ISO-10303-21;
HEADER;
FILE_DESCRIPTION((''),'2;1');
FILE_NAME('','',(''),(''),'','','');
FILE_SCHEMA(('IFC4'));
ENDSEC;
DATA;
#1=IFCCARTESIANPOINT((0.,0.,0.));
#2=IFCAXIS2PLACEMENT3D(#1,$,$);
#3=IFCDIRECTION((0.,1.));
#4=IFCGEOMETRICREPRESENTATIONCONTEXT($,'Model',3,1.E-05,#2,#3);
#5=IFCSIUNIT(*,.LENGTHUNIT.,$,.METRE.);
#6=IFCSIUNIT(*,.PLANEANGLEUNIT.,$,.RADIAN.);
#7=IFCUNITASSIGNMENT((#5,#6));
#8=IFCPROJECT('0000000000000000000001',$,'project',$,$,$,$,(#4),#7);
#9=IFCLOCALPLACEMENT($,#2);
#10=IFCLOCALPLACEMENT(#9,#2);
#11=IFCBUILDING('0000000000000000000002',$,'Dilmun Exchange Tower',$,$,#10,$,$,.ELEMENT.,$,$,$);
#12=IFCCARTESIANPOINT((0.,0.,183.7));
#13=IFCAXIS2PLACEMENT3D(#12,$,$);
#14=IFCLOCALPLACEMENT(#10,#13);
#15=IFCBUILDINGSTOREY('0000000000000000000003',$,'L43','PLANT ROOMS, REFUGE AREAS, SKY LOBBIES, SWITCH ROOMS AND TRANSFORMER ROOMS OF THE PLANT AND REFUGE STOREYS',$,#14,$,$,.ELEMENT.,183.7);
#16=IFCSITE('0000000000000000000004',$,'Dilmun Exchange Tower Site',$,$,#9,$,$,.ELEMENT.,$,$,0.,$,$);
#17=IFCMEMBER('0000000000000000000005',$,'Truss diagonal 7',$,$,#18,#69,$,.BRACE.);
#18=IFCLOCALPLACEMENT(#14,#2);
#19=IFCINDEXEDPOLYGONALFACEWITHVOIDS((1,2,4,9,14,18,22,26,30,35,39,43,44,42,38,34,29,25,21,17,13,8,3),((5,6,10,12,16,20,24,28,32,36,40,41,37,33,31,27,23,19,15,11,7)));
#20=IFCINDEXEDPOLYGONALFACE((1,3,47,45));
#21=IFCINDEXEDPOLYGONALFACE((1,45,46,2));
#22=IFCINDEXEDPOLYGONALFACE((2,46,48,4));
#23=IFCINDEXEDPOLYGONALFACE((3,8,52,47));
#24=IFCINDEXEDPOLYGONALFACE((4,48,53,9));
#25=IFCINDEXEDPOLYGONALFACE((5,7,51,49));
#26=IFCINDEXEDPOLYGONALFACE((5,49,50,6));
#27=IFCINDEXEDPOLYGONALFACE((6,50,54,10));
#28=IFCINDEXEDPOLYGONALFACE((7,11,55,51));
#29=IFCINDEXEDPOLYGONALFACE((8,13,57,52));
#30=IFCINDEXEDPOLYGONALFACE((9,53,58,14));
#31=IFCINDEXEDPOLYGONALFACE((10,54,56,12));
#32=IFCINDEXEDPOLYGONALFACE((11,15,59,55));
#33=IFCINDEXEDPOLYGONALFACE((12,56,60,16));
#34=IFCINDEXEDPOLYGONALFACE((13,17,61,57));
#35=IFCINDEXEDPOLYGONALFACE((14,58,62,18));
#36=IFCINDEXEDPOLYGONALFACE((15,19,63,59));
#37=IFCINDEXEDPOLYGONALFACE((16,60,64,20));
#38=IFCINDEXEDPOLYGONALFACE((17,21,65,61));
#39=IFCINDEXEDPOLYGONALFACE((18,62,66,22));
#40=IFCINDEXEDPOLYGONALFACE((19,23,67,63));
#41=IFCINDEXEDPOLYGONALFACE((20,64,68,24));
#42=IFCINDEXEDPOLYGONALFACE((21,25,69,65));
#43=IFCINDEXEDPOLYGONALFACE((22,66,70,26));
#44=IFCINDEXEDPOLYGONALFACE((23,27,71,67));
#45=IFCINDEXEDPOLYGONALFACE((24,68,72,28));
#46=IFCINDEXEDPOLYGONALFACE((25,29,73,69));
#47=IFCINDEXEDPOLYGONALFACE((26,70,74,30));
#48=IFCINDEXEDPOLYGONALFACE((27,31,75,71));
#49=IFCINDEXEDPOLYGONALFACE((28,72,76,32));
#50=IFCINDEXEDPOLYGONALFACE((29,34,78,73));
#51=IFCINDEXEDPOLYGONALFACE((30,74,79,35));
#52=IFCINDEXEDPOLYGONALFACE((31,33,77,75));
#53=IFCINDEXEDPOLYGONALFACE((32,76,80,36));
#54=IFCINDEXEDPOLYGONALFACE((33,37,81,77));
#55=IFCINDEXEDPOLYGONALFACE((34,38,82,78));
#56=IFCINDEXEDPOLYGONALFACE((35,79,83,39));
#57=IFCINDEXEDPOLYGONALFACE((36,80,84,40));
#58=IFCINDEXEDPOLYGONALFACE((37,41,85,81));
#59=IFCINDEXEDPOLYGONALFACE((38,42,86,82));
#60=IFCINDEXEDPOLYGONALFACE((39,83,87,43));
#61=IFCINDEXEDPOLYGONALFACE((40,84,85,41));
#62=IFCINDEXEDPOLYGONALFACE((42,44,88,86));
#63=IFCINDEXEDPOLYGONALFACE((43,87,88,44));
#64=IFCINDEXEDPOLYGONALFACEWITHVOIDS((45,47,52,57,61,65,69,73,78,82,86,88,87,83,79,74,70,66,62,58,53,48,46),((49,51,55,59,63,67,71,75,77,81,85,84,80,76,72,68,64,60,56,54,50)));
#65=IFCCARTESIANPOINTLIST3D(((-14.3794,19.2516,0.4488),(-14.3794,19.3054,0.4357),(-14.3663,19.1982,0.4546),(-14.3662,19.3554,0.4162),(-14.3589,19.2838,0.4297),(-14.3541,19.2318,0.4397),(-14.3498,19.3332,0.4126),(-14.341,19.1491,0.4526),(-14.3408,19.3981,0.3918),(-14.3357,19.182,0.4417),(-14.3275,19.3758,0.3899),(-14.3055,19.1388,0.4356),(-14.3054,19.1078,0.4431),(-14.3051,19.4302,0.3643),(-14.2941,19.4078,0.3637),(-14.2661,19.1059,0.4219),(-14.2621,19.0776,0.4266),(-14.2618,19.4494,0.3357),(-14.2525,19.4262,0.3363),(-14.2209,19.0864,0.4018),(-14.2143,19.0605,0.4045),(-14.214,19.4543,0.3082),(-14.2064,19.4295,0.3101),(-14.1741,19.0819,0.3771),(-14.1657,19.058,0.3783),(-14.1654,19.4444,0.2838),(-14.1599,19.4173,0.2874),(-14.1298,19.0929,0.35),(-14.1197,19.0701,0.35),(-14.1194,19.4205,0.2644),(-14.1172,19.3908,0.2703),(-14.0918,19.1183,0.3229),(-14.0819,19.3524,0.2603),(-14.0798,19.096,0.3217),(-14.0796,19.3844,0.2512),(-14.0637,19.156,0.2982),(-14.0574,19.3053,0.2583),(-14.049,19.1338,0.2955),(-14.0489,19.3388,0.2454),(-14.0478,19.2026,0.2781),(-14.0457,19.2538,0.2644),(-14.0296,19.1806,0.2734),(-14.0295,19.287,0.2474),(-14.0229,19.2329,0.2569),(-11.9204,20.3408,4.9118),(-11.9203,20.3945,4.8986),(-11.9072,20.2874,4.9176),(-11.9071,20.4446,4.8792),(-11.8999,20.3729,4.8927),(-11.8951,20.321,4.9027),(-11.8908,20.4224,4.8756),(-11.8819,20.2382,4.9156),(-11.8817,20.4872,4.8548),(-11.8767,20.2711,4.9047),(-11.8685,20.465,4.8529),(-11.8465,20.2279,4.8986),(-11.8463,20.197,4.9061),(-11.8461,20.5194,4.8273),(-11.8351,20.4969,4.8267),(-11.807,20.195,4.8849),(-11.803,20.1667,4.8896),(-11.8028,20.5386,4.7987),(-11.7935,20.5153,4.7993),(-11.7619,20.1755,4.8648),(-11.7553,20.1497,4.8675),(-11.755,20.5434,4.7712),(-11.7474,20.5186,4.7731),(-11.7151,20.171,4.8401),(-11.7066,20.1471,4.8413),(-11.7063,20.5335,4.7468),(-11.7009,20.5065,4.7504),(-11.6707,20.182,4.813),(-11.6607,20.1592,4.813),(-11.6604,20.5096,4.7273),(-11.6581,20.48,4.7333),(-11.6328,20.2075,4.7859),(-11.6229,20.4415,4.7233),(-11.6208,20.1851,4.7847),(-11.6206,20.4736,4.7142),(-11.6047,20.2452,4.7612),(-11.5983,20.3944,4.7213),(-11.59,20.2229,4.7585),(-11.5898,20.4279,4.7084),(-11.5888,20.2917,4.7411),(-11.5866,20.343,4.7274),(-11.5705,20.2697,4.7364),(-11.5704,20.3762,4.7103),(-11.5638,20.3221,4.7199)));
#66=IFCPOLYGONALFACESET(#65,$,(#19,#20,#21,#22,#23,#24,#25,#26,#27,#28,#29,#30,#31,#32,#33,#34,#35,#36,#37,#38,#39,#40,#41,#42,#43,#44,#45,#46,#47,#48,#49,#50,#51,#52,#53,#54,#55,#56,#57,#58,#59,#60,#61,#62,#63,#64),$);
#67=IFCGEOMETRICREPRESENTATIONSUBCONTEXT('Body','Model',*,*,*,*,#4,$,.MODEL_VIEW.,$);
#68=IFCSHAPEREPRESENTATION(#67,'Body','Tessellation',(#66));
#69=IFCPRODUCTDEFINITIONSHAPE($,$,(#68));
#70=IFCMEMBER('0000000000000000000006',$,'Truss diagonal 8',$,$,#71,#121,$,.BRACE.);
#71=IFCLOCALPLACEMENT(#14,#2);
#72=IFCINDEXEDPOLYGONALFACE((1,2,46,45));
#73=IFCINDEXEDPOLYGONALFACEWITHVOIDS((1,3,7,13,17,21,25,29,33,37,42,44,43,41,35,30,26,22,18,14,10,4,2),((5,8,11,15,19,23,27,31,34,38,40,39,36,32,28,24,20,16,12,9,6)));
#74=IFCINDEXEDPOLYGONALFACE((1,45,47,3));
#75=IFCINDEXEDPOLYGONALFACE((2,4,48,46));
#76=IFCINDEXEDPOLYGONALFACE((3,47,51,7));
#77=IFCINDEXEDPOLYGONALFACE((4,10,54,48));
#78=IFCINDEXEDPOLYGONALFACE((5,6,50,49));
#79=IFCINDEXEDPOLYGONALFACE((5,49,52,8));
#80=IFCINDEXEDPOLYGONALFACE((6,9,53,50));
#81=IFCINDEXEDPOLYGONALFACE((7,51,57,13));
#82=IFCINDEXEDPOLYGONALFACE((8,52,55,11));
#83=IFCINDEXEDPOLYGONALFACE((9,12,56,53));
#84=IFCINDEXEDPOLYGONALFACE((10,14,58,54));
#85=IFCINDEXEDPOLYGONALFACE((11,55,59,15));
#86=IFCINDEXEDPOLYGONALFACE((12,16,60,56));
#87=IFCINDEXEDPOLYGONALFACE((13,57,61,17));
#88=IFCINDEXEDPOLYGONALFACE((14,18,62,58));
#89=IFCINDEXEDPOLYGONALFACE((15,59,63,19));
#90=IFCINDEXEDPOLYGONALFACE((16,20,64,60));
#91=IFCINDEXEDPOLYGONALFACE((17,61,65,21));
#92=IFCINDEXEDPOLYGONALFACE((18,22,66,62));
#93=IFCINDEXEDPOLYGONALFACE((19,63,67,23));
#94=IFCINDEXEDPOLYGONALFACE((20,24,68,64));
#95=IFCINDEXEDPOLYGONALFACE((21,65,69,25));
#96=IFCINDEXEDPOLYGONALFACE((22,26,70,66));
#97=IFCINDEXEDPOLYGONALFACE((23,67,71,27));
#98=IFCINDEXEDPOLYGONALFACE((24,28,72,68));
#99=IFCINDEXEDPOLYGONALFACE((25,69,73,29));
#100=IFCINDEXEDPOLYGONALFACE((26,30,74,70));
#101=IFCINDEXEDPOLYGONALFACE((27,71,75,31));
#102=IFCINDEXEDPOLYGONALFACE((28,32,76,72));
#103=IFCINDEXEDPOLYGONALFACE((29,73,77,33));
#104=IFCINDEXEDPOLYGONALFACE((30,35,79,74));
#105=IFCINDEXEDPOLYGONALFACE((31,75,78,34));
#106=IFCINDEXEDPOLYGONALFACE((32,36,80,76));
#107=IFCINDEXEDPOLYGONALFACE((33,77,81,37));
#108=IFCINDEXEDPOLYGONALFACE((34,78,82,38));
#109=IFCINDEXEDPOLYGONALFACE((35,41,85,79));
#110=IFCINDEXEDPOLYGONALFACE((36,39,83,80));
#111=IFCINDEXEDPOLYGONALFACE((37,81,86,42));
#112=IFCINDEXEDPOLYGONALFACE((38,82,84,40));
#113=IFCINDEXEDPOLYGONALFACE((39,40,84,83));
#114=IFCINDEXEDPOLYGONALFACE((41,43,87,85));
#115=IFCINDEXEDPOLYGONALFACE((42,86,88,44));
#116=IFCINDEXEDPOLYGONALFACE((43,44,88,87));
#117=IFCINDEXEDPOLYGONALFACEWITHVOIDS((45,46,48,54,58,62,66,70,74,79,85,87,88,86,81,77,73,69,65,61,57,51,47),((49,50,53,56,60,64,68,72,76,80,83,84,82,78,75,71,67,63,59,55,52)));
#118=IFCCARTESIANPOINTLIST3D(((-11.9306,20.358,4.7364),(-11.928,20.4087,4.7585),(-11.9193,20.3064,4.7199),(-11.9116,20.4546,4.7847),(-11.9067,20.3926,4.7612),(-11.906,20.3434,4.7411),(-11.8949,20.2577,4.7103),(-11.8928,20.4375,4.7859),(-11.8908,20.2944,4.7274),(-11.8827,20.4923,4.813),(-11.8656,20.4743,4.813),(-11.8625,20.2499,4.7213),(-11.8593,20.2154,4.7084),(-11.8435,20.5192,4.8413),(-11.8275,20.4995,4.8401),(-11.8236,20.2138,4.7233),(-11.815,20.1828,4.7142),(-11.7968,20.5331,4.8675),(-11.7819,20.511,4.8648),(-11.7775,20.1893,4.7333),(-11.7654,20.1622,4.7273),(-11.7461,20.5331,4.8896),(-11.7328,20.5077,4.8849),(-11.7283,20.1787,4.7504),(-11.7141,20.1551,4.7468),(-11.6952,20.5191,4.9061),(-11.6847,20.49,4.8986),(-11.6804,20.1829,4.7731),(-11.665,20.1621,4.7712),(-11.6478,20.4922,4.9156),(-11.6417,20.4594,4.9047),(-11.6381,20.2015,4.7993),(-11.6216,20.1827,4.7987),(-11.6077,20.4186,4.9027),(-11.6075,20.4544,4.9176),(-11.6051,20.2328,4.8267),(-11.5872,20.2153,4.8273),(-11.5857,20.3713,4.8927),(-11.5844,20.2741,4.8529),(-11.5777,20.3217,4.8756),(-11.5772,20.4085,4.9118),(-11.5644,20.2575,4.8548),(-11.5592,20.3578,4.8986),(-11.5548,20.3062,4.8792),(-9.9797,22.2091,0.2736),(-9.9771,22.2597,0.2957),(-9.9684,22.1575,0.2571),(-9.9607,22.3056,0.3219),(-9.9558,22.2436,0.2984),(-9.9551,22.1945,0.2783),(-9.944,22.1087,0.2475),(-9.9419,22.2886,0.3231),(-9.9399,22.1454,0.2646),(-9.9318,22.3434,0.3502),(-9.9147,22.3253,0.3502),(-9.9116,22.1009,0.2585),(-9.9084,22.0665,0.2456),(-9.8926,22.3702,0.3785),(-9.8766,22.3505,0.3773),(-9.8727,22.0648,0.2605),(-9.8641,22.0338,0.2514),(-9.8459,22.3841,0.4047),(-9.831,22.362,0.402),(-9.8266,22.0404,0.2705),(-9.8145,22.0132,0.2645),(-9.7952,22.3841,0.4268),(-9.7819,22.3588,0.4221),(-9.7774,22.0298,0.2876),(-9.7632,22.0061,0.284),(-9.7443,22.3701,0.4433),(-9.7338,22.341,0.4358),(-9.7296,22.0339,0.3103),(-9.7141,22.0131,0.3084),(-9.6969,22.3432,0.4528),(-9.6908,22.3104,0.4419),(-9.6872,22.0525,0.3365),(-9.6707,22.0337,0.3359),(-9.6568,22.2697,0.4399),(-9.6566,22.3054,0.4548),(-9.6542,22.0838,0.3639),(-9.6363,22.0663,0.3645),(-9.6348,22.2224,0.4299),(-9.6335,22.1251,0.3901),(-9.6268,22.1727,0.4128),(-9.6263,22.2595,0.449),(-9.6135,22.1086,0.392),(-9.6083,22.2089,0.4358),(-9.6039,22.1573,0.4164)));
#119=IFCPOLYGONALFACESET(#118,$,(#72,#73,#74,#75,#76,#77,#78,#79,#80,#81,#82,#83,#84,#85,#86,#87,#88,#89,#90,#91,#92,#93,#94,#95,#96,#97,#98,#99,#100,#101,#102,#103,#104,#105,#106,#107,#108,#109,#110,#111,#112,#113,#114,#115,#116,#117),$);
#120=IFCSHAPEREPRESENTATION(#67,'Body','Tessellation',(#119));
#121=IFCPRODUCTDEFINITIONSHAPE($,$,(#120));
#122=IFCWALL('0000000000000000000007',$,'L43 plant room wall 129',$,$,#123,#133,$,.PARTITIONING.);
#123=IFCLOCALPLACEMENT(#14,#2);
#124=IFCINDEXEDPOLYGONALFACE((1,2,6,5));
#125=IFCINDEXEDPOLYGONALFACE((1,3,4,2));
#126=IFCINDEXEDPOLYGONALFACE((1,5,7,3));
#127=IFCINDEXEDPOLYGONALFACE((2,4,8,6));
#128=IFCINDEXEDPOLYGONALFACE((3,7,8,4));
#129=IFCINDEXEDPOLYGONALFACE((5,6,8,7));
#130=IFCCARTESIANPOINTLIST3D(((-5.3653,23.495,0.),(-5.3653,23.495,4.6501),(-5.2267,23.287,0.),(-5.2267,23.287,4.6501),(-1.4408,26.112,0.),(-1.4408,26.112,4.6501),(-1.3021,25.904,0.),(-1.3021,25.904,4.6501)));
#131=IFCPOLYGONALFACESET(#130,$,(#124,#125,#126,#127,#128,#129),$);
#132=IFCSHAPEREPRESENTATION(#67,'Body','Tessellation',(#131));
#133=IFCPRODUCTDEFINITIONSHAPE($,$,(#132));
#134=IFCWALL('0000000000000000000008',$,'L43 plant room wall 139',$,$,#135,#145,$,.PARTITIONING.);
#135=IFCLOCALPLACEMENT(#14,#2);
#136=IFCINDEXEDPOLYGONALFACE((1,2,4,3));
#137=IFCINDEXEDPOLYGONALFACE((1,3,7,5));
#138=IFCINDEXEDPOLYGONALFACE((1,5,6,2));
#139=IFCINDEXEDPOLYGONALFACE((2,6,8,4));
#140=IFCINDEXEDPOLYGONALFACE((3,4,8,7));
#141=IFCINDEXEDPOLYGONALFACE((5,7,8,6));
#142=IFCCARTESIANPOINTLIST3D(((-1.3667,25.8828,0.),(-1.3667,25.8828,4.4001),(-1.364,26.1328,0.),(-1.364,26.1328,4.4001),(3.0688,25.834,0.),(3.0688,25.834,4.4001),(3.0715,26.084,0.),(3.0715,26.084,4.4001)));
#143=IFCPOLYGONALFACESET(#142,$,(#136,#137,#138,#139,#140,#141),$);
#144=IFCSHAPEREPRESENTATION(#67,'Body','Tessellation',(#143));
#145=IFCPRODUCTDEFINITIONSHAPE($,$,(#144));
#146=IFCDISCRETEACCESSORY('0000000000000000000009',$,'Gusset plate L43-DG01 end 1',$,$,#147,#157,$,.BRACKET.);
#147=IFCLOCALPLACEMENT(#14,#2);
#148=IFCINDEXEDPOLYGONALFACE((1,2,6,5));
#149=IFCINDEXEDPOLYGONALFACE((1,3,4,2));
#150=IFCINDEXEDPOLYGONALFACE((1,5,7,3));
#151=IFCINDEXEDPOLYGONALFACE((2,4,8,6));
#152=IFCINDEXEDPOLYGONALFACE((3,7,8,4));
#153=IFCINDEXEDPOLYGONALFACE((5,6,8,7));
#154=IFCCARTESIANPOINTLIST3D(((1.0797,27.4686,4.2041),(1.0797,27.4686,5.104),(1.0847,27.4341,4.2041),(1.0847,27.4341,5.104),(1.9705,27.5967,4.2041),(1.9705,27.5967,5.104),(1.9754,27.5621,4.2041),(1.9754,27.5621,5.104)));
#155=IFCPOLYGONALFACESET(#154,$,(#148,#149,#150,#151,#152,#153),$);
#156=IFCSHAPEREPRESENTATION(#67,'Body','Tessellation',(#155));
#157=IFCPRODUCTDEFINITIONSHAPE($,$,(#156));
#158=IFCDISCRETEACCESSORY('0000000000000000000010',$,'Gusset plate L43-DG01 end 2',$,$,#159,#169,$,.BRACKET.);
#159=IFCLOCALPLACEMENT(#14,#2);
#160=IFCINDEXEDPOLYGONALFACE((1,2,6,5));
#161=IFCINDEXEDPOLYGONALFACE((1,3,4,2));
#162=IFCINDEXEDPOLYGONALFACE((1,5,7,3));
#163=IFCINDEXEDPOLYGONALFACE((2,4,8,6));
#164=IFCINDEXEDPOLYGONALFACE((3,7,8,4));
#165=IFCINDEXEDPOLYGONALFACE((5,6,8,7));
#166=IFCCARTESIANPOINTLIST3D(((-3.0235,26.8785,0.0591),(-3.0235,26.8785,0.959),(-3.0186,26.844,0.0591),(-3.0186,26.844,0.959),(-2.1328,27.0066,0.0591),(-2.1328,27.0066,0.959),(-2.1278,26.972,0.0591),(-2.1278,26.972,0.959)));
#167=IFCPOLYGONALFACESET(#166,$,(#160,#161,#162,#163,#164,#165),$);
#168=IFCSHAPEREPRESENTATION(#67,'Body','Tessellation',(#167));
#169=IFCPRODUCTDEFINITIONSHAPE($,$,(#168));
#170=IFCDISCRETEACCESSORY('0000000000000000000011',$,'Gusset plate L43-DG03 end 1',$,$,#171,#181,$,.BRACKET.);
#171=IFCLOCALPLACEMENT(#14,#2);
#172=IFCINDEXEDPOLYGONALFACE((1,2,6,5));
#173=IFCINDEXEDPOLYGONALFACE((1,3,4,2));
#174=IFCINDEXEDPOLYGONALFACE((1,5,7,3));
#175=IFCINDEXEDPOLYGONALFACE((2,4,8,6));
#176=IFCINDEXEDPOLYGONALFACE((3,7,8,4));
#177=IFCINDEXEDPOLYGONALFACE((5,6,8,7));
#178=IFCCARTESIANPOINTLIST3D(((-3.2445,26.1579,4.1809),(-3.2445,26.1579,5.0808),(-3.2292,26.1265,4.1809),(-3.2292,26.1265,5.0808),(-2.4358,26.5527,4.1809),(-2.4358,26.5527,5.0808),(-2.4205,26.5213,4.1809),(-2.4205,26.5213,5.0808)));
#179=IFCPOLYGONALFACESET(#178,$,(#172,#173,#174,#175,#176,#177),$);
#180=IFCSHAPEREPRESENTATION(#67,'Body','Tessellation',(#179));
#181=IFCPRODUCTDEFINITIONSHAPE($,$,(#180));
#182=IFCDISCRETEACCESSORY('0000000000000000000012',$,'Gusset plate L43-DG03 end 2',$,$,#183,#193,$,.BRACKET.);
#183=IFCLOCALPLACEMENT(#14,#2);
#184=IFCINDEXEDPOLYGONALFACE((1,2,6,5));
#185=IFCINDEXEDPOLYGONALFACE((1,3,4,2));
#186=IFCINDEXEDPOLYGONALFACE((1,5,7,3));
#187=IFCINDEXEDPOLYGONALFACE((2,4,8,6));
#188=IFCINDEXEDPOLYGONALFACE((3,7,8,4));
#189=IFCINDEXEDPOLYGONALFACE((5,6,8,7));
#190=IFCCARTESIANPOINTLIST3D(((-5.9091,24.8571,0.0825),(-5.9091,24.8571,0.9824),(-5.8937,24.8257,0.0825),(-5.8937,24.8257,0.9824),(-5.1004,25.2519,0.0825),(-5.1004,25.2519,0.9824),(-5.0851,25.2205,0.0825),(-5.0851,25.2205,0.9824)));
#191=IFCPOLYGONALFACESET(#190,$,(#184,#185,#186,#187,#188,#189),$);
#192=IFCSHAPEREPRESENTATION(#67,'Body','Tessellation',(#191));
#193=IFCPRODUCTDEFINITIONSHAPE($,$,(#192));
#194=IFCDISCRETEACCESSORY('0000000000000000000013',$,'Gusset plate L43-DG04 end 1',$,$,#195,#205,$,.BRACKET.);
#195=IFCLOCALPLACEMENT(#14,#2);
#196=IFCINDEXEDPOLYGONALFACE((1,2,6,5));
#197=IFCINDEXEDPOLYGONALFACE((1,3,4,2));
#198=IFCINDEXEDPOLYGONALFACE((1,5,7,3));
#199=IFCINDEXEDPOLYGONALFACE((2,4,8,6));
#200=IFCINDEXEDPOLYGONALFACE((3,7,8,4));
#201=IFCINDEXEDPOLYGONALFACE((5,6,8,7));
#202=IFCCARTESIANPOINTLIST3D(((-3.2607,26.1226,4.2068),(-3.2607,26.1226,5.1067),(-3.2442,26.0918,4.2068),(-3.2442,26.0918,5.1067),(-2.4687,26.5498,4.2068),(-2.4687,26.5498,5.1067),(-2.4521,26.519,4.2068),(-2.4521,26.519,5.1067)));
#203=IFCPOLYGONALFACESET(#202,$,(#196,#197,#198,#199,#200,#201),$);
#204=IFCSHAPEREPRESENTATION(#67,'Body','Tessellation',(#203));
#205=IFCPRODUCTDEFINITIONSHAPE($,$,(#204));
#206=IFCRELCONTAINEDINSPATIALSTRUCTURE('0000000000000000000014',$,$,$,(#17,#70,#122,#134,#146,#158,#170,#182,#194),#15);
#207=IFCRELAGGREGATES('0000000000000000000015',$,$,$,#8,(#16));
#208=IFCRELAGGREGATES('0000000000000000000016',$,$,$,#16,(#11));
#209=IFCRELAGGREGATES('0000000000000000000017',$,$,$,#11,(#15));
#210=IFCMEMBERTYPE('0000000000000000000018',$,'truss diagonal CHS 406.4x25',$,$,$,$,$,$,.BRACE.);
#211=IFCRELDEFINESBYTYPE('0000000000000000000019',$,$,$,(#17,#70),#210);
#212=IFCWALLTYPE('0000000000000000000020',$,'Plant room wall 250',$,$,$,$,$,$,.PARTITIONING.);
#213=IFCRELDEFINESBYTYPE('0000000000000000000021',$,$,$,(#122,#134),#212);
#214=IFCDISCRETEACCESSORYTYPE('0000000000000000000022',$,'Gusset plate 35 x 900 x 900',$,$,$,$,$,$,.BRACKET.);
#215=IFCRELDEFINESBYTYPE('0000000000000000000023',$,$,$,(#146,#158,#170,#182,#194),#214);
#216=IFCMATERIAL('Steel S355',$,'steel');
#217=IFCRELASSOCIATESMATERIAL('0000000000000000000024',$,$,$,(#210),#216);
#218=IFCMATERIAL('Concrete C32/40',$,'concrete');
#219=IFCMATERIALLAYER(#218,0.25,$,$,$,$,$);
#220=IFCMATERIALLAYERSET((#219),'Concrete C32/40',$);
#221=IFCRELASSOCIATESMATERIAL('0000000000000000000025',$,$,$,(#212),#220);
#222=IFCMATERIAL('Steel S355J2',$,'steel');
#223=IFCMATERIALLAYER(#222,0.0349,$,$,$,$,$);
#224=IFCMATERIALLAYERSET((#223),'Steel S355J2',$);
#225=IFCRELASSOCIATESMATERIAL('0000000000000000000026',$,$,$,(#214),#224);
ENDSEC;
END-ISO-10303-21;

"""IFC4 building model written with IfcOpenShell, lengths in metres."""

from ifc_helpers import new_model, si_unit, direction, frame, frame_2d, origin, origin_2d, place, context, subcontext, project, spatial, rectangle, hollow_circle, extrude, material, layer, layer_set, material_profile, profile_set, type_object, element, save


model = new_model("IFC4")

# Units and contexts
model_context = context("Model", 3, precision=1e-05, world=origin(), true_north=direction((0.0, 1.0)))
body_context = subcontext(model_context, "Body", "Model", "MODEL_VIEW")
ifc_project = project(units=[si_unit("LENGTHUNIT", "METRE"), si_unit("PLANEANGLEUNIT", "RADIAN")], contexts=[model_context])

# Site, building, storey
site_placement = place(None, origin())
site = spatial("IfcSite", under=ifc_project, at=site_placement, Name="Dilmun Exchange Tower Site", CompositionType="ELEMENT", RefElevation=0.0)
building_placement = place(site_placement, origin())
building = spatial("IfcBuilding", under=site, at=building_placement, Name="Dilmun Exchange Tower", CompositionType="ELEMENT")
storey_placement = place(building_placement, frame((0.0, 0.0, 183.7)))
storey = spatial("IfcBuildingStorey", under=building, at=storey_placement, Name="L43", Description="PLANT ROOMS, REFUGE AREAS, SKY LOBBIES, SWITCH ROOMS AND TRANSFORMER ROOMS OF THE PLANT AND REFUGE STOREYS", CompositionType="ELEMENT", Elevation=183.7)

# Shared definitions
ifc_material_1 = material(Name="Steel S355", Category="steel")

# Members
ifc_material_profile_1 = material_profile(ifc_material_1, hollow_circle(Radius=0.2031, WallThickness=0.0249, at=origin_2d()), Name="CHS 406.4x25")
ifc_profile_set_1 = profile_set([ifc_material_profile_1], Name="Steel S355")
member_type_1 = type_object("IfcMemberType", Name="truss diagonal CHS 406.4x25", PredefinedType="BRACE", material=ifc_profile_set_1)
member_1_placement = place(storey_placement, frame((-11.7429, 20.345, 4.813), z_axis=(-0.471921, -0.209019, -0.856505), x_axis=(0.404967, -0.914331, 0.0)))
element("IfcMember", 1, at=member_1_placement, inside=storey, type_object=member_type_1, Name="Truss diagonal 7", PredefinedType="BRACE", context=body_context, shape_type="SweptSolid", body=[
    extrude(hollow_circle(Radius=0.2031, WallThickness=0.0249, at=origin_2d()), origin(), (0.0, 0.0, 1.0), 5.2107),
])
member_2_placement = place(storey_placement, frame((-11.7429, 20.345, 4.813), z_axis=(0.374418, 0.355254, -0.856508), x_axis=(-0.688298, 0.725428, 0.0)))
element("IfcMember", 2, at=member_2_placement, inside=storey, type_object=member_type_1, Name="Truss diagonal 8", PredefinedType="BRACE", context=body_context, shape_type="SweptSolid", body=[
    extrude(hollow_circle(Radius=0.2031, WallThickness=0.0249, at=origin_2d()), origin(), (0.0, 0.0, 1.0), 5.2104),
])

# Walls
ifc_material_2 = material(Name="Concrete C32/40", Category="concrete")
ifc_layer_1 = layer(ifc_material_2, 0.25)
ifc_layer_set_1 = layer_set([ifc_layer_1], Name="Concrete C32/40")
wall_type = type_object("IfcWallType", Name="Plant room wall 250", PredefinedType="PARTITIONING", material=ifc_layer_set_1)
wall_1_placement = place(storey_placement, frame((-5.2959, 23.3911, 0.0), z_axis=(0.0, 0.0, 1.0), x_axis=(0.831995, 0.554784, 0.0)))
element("IfcWall", 3, at=wall_1_placement, inside=storey, type_object=wall_type, Name="L43 plant room wall 129", PredefinedType="PARTITIONING", context=body_context, shape_type="SweptSolid", body=[
    extrude(rectangle(XDim=4.717, YDim=0.25, at=frame_2d((2.3584, 0.0))), origin(), (0.0, 0.0, 1.0), 4.6501),
])
wall_2_placement = place(storey_placement, frame((-1.3652, 26.0078, 0.0), z_axis=(0.0, 0.0, 1.0), x_axis=(0.999939, -0.011008, 0.0)))
element("IfcWall", 4, at=wall_2_placement, inside=storey, type_object=wall_type, Name="L43 plant room wall 139", PredefinedType="PARTITIONING", context=body_context, shape_type="SweptSolid", body=[
    extrude(rectangle(XDim=4.4358, YDim=0.25, at=frame_2d((2.2178, 0.0))), origin(), (0.0, 0.0, 1.0), 4.4001),
])

# Discrete accessories
ifc_material_3 = material(Name="Steel S355J2", Category="steel")
ifc_layer_2 = layer(ifc_material_3, 0.0349)
ifc_layer_set_2 = layer_set([ifc_layer_2], Name="Steel S355J2")
discrete_accessory_type = type_object("IfcDiscreteAccessoryType", Name="Gusset plate 35 x 900 x 900", PredefinedType="BRACKET", material=ifc_layer_set_2)
for number, where, z_axis, x_axis, name in (
    (5, (1.5276, 27.5154, 4.2041), (0.0, 0.0, 1.0), (-0.989823, -0.142306, 0.0), "Gusset plate L43-DG01 end 1"),
    (6, (-2.5757, 26.9253, 0.0591), (0.0, 0.0, 1.0), (-0.989823, -0.142306, 0.0), "Gusset plate L43-DG01 end 2"),
    (7, (-2.8325, 26.3396, 4.1809), (0.0, 0.0, 1.0), (-0.898618, -0.438732, 0.0), "Gusset plate L43-DG03 end 1"),
    (8, (-5.4971, 25.0388, 0.0825), (0.0, 0.0, 1.0), (-0.898618, -0.438732, 0.0), "Gusset plate L43-DG03 end 2"),
    (9, (-2.8564, 26.3208, 4.2068), (0.0, 0.0, 1.0), (-0.880132, -0.474729, 0.0), "Gusset plate L43-DG04 end 1"),
):
    element("IfcDiscreteAccessory", number, at=place(storey_placement, frame(where, z_axis=z_axis, x_axis=x_axis)), inside=storey, type_object=discrete_accessory_type, Name=name, PredefinedType="BRACKET", context=body_context, shape_type="SweptSolid", body=[
        extrude(rectangle(XDim=0.8999, YDim=0.0349, at=origin_2d()), origin(), (0.0, 0.0, 1.0), 0.8999),
    ])

save(model, "model.ifc")
